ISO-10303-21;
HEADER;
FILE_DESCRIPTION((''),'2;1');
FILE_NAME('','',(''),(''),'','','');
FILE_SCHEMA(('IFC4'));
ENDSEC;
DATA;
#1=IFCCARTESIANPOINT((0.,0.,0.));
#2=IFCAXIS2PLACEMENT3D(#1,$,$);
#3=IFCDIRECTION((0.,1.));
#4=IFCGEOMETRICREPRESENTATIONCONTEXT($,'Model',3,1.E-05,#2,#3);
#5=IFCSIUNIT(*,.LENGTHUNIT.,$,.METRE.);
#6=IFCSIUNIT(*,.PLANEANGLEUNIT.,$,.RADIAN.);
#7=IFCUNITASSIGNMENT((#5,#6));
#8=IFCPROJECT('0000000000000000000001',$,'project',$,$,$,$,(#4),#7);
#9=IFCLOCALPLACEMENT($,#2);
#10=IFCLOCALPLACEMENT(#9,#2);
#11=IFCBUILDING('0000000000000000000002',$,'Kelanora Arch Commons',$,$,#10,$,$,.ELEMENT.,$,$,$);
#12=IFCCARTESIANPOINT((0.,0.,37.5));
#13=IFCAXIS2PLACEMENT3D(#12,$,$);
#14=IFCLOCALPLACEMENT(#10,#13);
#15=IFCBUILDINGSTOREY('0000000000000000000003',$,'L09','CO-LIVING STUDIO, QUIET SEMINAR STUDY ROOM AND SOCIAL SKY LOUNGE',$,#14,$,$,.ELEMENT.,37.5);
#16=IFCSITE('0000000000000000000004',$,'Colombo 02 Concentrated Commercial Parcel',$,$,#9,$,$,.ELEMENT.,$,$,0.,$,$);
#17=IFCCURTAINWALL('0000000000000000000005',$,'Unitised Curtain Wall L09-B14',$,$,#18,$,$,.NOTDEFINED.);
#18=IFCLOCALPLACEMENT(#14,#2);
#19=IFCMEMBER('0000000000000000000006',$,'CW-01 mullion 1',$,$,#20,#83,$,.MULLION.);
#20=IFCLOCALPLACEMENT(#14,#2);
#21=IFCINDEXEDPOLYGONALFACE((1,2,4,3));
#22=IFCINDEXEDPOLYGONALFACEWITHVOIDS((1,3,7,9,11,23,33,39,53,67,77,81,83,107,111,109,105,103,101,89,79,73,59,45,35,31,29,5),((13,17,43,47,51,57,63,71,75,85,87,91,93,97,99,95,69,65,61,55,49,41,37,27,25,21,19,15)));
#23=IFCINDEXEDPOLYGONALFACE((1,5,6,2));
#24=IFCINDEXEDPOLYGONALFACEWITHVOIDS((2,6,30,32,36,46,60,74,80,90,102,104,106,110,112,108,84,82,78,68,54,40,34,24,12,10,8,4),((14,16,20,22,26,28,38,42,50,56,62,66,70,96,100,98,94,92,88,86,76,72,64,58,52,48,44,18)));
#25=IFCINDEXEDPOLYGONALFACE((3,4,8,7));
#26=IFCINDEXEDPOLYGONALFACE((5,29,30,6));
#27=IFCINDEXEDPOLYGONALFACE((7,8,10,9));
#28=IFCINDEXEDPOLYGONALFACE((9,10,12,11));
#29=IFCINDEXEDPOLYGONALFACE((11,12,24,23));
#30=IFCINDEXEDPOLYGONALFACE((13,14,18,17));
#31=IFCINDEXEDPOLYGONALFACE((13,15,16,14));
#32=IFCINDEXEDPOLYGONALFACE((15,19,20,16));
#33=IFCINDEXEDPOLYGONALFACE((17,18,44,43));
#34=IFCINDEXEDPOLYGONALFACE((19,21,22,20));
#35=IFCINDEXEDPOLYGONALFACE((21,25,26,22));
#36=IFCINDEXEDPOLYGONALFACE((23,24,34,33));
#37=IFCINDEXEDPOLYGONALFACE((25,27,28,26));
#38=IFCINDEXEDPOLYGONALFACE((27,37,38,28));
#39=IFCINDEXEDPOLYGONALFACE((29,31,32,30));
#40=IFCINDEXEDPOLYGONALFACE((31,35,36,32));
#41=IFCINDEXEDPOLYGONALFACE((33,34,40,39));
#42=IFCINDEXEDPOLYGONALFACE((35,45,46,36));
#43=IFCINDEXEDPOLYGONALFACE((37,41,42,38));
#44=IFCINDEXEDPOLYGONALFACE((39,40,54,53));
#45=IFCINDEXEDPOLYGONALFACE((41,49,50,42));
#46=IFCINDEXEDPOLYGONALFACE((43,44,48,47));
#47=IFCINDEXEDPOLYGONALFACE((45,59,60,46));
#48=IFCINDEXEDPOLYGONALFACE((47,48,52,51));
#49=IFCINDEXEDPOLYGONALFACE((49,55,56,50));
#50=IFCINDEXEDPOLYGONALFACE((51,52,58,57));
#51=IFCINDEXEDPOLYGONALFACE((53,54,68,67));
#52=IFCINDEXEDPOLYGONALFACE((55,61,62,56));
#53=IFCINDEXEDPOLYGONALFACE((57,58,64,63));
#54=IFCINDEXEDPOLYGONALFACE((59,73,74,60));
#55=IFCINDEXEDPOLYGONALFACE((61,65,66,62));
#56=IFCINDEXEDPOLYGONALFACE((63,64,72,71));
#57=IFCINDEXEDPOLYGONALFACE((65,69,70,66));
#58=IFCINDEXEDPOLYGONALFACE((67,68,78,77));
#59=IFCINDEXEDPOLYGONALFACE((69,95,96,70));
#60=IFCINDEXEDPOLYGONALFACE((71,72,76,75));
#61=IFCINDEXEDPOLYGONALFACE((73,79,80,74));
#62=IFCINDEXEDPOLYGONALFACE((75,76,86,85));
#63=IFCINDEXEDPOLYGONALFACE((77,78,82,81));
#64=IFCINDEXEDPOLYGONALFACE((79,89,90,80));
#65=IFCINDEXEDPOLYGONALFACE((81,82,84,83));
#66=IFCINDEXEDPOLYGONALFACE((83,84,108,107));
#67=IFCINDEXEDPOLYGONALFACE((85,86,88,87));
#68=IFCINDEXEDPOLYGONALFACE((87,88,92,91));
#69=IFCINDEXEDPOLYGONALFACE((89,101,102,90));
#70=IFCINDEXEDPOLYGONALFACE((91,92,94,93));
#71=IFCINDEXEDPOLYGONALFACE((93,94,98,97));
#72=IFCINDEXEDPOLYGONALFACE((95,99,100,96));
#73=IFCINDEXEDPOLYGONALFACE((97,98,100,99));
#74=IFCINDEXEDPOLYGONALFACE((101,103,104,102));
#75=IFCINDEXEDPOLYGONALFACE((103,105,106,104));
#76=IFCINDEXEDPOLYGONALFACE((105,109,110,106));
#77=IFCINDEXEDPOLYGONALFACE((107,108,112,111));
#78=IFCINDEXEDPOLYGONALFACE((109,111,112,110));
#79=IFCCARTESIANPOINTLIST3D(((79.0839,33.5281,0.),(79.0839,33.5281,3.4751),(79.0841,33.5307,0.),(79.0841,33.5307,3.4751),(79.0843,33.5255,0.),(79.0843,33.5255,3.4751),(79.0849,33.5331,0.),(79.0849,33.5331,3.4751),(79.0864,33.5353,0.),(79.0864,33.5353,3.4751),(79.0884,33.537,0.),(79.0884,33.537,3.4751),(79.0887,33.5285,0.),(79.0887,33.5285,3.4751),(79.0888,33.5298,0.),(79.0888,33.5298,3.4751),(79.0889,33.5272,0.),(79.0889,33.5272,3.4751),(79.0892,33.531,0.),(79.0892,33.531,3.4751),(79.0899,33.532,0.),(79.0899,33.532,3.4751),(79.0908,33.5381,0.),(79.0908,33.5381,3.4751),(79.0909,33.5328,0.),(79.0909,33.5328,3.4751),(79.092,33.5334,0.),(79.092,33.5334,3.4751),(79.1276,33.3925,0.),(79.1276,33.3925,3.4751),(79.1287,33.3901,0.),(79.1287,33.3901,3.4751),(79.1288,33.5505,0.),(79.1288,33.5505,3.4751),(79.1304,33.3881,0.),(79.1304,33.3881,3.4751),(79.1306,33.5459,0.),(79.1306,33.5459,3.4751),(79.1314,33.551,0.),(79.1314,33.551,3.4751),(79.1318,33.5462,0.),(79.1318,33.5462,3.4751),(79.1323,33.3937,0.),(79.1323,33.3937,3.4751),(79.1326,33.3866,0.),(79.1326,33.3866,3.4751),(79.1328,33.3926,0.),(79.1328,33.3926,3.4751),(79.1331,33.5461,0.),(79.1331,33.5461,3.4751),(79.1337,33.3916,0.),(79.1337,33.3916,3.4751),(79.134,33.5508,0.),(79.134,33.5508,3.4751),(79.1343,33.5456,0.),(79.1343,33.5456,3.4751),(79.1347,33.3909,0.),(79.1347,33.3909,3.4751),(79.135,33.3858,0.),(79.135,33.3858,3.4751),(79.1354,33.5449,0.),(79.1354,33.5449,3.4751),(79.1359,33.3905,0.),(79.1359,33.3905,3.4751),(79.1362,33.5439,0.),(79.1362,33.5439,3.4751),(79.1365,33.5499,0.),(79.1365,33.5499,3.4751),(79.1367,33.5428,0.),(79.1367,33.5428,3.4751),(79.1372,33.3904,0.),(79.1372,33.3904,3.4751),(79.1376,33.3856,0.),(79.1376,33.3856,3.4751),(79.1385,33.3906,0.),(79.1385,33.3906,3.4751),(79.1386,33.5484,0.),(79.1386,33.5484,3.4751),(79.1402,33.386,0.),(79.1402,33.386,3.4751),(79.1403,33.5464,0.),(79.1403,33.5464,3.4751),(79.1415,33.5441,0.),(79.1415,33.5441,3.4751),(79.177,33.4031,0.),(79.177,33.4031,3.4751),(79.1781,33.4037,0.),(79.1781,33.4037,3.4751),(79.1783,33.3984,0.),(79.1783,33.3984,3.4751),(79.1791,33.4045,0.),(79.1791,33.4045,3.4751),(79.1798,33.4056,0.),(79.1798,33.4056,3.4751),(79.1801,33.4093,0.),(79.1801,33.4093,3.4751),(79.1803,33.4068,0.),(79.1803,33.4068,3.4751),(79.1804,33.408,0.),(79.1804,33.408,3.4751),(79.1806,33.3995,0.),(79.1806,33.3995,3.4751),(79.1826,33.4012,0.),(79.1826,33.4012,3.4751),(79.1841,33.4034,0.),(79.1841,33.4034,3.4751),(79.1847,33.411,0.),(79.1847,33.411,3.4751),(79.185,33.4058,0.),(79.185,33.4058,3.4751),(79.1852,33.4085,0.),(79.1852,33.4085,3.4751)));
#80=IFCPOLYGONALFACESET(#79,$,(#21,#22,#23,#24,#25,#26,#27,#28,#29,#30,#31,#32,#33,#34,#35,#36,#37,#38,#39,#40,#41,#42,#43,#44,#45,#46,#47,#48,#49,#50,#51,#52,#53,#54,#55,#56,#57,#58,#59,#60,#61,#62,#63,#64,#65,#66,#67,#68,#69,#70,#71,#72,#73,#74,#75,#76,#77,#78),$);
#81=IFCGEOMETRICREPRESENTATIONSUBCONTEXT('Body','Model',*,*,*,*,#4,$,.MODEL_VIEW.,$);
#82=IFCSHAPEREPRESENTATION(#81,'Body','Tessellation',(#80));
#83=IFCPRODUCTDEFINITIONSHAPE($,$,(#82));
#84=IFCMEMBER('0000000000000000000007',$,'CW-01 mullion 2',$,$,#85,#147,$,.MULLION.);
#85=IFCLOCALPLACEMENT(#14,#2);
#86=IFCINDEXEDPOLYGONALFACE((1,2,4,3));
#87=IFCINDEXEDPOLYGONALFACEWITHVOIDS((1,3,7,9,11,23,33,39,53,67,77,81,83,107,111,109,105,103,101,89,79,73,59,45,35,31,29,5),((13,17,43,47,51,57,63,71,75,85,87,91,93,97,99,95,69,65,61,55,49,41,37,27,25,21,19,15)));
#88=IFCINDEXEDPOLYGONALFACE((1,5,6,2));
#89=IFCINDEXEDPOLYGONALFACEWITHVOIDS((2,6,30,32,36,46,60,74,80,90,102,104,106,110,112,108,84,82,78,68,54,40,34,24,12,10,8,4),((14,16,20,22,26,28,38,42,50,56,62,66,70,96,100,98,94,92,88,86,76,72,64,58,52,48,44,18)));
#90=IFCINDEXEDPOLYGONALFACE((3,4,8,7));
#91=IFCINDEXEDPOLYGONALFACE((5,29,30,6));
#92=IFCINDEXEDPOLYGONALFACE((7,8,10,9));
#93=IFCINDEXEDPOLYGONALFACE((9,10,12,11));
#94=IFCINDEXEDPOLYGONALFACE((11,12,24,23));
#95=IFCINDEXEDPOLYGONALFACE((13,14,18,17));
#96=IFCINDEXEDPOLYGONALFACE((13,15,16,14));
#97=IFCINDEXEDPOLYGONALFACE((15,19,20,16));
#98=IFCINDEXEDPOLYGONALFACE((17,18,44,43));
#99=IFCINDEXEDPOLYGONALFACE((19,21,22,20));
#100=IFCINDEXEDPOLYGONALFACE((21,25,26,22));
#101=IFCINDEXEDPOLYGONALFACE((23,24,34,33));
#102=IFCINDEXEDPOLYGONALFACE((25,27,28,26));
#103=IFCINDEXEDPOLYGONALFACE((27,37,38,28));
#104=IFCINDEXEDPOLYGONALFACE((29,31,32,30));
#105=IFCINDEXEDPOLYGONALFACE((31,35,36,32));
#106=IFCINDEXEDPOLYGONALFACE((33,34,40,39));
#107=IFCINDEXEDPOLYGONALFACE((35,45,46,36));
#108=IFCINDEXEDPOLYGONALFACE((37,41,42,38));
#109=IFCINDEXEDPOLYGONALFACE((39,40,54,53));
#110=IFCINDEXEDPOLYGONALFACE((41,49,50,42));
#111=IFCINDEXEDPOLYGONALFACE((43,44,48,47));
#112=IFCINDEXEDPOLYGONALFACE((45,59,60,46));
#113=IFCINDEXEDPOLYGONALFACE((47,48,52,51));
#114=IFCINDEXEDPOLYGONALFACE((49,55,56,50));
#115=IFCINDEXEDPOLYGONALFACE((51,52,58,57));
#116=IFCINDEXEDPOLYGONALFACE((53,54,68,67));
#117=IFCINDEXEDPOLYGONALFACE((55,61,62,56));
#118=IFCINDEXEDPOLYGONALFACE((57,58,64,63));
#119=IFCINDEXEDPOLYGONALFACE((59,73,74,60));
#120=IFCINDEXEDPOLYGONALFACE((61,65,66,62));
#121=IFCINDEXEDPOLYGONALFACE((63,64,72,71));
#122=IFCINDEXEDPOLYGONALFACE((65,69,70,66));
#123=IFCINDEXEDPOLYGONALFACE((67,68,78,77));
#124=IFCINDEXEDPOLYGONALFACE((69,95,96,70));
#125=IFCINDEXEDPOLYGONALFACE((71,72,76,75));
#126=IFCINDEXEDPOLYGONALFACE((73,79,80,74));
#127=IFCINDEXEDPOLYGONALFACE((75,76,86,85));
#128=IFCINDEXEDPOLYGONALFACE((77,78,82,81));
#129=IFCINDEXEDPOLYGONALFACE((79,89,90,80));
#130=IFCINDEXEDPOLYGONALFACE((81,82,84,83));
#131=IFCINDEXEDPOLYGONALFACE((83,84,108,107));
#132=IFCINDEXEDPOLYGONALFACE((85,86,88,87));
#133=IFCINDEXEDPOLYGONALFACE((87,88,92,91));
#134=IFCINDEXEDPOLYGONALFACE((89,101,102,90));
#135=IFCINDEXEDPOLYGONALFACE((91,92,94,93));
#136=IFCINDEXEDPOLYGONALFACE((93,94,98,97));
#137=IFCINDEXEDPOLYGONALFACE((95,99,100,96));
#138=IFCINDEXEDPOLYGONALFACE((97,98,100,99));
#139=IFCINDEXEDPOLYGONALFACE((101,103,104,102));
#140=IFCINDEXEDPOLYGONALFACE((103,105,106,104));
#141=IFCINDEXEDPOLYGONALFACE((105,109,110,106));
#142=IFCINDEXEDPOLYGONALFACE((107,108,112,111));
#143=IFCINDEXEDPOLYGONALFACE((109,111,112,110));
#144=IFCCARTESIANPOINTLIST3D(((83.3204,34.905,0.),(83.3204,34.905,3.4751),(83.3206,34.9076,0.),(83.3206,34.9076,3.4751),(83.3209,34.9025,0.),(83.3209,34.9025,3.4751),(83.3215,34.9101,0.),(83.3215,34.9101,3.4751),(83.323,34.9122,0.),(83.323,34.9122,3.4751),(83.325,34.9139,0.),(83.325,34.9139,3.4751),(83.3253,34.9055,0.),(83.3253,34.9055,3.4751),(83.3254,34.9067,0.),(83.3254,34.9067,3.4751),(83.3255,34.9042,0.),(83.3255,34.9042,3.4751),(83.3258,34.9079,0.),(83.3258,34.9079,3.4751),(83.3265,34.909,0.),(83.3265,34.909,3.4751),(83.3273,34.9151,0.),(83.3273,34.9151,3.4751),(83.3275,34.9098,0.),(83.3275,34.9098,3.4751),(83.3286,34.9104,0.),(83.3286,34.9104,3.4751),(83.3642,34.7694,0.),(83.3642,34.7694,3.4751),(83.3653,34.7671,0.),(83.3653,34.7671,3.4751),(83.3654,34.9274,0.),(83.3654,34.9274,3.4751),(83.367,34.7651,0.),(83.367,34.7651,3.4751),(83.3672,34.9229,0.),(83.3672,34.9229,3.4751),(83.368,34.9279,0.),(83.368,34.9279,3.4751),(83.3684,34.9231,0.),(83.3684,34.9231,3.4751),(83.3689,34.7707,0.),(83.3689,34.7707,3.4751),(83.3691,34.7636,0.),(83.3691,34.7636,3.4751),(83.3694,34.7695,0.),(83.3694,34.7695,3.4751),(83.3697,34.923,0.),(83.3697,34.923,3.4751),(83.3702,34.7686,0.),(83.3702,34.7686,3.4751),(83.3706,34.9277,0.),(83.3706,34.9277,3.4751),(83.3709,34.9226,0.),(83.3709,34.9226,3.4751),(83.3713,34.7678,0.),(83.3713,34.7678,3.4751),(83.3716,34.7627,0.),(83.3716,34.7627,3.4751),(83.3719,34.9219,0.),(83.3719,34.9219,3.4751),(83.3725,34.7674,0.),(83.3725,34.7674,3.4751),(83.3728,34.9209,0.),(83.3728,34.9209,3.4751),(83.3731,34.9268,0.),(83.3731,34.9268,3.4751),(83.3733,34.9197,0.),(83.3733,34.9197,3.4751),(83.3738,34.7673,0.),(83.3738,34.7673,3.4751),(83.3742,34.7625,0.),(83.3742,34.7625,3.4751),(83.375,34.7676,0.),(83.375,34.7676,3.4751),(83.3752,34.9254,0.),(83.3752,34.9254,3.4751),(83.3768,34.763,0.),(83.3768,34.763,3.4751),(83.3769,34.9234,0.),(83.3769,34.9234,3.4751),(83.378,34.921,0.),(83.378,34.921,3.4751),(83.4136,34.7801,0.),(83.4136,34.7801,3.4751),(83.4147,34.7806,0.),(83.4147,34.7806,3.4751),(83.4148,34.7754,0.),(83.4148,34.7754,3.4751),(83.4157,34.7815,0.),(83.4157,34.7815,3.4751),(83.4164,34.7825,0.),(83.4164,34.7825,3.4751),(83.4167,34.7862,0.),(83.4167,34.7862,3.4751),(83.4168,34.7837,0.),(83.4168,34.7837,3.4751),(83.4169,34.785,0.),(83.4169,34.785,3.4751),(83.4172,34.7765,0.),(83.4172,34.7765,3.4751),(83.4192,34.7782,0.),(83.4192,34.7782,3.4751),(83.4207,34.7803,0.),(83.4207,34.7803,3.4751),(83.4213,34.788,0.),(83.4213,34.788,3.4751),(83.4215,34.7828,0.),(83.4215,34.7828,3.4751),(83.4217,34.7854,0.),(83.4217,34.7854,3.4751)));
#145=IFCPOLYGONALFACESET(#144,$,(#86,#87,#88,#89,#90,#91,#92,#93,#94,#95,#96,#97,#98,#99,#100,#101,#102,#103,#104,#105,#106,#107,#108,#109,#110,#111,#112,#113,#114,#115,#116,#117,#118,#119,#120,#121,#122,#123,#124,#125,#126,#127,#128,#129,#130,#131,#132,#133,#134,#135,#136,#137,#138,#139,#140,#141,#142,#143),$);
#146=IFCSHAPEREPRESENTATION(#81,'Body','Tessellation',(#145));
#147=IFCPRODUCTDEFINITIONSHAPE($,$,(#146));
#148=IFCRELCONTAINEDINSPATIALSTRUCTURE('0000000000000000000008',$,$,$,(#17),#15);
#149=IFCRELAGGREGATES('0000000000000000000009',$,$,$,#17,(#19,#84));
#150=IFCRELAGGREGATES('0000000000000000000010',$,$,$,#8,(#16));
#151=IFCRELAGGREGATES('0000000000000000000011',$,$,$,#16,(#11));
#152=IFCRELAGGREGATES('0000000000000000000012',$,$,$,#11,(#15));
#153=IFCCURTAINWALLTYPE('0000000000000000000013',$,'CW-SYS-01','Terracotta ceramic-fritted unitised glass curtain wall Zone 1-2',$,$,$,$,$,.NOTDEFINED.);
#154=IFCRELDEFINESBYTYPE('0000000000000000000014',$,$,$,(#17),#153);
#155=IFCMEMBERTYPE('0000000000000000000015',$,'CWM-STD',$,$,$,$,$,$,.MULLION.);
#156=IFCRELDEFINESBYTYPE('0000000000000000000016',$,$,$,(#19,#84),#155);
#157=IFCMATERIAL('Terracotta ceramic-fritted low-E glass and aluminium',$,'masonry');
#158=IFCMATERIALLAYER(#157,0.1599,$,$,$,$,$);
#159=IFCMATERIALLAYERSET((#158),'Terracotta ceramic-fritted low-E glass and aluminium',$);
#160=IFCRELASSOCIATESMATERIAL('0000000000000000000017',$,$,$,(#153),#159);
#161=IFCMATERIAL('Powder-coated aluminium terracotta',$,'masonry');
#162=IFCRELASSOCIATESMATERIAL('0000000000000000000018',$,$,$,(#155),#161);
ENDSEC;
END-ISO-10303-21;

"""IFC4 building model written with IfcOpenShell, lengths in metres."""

from ifc_helpers import new_model, si_unit, direction, frame, origin, origin_2d, place, context, subcontext, project, spatial, hollow_rectangle, extrude, material, layer, layer_set, material_profile, profile_set, type_object, element, aggregate, save


model = new_model("IFC4")

# Units and contexts
model_context = context("Model", 3, precision=1e-05, world=origin(), true_north=direction((0.0, 1.0)))
body_context = subcontext(model_context, "Body", "Model", "MODEL_VIEW")
ifc_project = project(units=[si_unit("LENGTHUNIT", "METRE"), si_unit("PLANEANGLEUNIT", "RADIAN")], contexts=[model_context])

# Site, building, storey
site_placement = place(None, origin())
site = spatial("IfcSite", under=ifc_project, at=site_placement, Name="Colombo 02 Concentrated Commercial Parcel", CompositionType="ELEMENT", RefElevation=0.0)
building_placement = place(site_placement, origin())
building = spatial("IfcBuilding", under=site, at=building_placement, Name="Kelanora Arch Commons", CompositionType="ELEMENT")
storey_placement = place(building_placement, frame((0.0, 0.0, 37.5)))
storey = spatial("IfcBuildingStorey", under=building, at=storey_placement, Name="L09", Description="CO-LIVING STUDIO, QUIET SEMINAR STUDY ROOM AND SOCIAL SKY LOUNGE", CompositionType="ELEMENT", Elevation=37.5)

# Curtain wall, members
ifc_material_1 = material(Name="Terracotta ceramic-fritted low-E glass and aluminium", Category="masonry")
ifc_layer_1 = layer(ifc_material_1, 0.1599)
ifc_layer_set_1 = layer_set([ifc_layer_1], Name="Terracotta ceramic-fritted low-E glass and aluminium")
curtain_wall_type = type_object("IfcCurtainWallType", Name="CW-SYS-01", Description="Terracotta ceramic-fritted unitised glass curtain wall Zone 1-2", PredefinedType="NOTDEFINED", material=ifc_layer_set_1)
curtain_wall_placement = place(storey_placement, origin())
curtain_wall = element("IfcCurtainWall", 1, at=curtain_wall_placement, inside=storey, type_object=curtain_wall_type, Name="Unitised Curtain Wall L09-B14", PredefinedType="NOTDEFINED")
ifc_material_2 = material(Name="Powder-coated aluminium terracotta", Category="masonry")
ifc_material_profile_1 = material_profile(ifc_material_2, hollow_rectangle(XDim=0.1599, YDim=0.0601, WallThickness=0.0049, InnerFilletRadius=0.0049, OuterFilletRadius=0.01, at=origin_2d()), Name="CWM160x60")
ifc_profile_set_1 = profile_set([ifc_material_profile_1], Name="Powder-coated aluminium terracotta")
member_type_1 = type_object("IfcMemberType", Name="CWM-STD", PredefinedType="MULLION", material=ifc_profile_set_1)
member_1_placement = place(storey_placement, frame((79.1345, 33.4683, 0.0), z_axis=(0.0, 0.0, 1.0), x_axis=(-0.309058, 0.951043, 0.0)))
member_1 = element("IfcMember", 2, at=member_1_placement, type_object=member_type_1, Name="CW-01 mullion 1", PredefinedType="MULLION", context=body_context, shape_type="SweptSolid", body=[
    extrude(hollow_rectangle(XDim=0.1599, YDim=0.0601, WallThickness=0.0049, InnerFilletRadius=0.0049, OuterFilletRadius=0.01, at=origin_2d()), origin(), (0.0, 0.0, 1.0), 3.4751),
])
member_2_placement = place(storey_placement, frame((83.3711, 34.8452, 0.0), z_axis=(0.0, 0.0, 1.0), x_axis=(-0.309058, 0.951043, 0.0)))
member_2 = element("IfcMember", 3, at=member_2_placement, type_object=member_type_1, Name="CW-01 mullion 2", PredefinedType="MULLION", context=body_context, shape_type="SweptSolid", body=[
    extrude(hollow_rectangle(XDim=0.1599, YDim=0.0601, WallThickness=0.0049, InnerFilletRadius=0.0049, OuterFilletRadius=0.01, at=origin_2d()), origin(), (0.0, 0.0, 1.0), 3.4751),
])
aggregate(curtain_wall, [member_1, member_2])

save(model, "model.ifc")
